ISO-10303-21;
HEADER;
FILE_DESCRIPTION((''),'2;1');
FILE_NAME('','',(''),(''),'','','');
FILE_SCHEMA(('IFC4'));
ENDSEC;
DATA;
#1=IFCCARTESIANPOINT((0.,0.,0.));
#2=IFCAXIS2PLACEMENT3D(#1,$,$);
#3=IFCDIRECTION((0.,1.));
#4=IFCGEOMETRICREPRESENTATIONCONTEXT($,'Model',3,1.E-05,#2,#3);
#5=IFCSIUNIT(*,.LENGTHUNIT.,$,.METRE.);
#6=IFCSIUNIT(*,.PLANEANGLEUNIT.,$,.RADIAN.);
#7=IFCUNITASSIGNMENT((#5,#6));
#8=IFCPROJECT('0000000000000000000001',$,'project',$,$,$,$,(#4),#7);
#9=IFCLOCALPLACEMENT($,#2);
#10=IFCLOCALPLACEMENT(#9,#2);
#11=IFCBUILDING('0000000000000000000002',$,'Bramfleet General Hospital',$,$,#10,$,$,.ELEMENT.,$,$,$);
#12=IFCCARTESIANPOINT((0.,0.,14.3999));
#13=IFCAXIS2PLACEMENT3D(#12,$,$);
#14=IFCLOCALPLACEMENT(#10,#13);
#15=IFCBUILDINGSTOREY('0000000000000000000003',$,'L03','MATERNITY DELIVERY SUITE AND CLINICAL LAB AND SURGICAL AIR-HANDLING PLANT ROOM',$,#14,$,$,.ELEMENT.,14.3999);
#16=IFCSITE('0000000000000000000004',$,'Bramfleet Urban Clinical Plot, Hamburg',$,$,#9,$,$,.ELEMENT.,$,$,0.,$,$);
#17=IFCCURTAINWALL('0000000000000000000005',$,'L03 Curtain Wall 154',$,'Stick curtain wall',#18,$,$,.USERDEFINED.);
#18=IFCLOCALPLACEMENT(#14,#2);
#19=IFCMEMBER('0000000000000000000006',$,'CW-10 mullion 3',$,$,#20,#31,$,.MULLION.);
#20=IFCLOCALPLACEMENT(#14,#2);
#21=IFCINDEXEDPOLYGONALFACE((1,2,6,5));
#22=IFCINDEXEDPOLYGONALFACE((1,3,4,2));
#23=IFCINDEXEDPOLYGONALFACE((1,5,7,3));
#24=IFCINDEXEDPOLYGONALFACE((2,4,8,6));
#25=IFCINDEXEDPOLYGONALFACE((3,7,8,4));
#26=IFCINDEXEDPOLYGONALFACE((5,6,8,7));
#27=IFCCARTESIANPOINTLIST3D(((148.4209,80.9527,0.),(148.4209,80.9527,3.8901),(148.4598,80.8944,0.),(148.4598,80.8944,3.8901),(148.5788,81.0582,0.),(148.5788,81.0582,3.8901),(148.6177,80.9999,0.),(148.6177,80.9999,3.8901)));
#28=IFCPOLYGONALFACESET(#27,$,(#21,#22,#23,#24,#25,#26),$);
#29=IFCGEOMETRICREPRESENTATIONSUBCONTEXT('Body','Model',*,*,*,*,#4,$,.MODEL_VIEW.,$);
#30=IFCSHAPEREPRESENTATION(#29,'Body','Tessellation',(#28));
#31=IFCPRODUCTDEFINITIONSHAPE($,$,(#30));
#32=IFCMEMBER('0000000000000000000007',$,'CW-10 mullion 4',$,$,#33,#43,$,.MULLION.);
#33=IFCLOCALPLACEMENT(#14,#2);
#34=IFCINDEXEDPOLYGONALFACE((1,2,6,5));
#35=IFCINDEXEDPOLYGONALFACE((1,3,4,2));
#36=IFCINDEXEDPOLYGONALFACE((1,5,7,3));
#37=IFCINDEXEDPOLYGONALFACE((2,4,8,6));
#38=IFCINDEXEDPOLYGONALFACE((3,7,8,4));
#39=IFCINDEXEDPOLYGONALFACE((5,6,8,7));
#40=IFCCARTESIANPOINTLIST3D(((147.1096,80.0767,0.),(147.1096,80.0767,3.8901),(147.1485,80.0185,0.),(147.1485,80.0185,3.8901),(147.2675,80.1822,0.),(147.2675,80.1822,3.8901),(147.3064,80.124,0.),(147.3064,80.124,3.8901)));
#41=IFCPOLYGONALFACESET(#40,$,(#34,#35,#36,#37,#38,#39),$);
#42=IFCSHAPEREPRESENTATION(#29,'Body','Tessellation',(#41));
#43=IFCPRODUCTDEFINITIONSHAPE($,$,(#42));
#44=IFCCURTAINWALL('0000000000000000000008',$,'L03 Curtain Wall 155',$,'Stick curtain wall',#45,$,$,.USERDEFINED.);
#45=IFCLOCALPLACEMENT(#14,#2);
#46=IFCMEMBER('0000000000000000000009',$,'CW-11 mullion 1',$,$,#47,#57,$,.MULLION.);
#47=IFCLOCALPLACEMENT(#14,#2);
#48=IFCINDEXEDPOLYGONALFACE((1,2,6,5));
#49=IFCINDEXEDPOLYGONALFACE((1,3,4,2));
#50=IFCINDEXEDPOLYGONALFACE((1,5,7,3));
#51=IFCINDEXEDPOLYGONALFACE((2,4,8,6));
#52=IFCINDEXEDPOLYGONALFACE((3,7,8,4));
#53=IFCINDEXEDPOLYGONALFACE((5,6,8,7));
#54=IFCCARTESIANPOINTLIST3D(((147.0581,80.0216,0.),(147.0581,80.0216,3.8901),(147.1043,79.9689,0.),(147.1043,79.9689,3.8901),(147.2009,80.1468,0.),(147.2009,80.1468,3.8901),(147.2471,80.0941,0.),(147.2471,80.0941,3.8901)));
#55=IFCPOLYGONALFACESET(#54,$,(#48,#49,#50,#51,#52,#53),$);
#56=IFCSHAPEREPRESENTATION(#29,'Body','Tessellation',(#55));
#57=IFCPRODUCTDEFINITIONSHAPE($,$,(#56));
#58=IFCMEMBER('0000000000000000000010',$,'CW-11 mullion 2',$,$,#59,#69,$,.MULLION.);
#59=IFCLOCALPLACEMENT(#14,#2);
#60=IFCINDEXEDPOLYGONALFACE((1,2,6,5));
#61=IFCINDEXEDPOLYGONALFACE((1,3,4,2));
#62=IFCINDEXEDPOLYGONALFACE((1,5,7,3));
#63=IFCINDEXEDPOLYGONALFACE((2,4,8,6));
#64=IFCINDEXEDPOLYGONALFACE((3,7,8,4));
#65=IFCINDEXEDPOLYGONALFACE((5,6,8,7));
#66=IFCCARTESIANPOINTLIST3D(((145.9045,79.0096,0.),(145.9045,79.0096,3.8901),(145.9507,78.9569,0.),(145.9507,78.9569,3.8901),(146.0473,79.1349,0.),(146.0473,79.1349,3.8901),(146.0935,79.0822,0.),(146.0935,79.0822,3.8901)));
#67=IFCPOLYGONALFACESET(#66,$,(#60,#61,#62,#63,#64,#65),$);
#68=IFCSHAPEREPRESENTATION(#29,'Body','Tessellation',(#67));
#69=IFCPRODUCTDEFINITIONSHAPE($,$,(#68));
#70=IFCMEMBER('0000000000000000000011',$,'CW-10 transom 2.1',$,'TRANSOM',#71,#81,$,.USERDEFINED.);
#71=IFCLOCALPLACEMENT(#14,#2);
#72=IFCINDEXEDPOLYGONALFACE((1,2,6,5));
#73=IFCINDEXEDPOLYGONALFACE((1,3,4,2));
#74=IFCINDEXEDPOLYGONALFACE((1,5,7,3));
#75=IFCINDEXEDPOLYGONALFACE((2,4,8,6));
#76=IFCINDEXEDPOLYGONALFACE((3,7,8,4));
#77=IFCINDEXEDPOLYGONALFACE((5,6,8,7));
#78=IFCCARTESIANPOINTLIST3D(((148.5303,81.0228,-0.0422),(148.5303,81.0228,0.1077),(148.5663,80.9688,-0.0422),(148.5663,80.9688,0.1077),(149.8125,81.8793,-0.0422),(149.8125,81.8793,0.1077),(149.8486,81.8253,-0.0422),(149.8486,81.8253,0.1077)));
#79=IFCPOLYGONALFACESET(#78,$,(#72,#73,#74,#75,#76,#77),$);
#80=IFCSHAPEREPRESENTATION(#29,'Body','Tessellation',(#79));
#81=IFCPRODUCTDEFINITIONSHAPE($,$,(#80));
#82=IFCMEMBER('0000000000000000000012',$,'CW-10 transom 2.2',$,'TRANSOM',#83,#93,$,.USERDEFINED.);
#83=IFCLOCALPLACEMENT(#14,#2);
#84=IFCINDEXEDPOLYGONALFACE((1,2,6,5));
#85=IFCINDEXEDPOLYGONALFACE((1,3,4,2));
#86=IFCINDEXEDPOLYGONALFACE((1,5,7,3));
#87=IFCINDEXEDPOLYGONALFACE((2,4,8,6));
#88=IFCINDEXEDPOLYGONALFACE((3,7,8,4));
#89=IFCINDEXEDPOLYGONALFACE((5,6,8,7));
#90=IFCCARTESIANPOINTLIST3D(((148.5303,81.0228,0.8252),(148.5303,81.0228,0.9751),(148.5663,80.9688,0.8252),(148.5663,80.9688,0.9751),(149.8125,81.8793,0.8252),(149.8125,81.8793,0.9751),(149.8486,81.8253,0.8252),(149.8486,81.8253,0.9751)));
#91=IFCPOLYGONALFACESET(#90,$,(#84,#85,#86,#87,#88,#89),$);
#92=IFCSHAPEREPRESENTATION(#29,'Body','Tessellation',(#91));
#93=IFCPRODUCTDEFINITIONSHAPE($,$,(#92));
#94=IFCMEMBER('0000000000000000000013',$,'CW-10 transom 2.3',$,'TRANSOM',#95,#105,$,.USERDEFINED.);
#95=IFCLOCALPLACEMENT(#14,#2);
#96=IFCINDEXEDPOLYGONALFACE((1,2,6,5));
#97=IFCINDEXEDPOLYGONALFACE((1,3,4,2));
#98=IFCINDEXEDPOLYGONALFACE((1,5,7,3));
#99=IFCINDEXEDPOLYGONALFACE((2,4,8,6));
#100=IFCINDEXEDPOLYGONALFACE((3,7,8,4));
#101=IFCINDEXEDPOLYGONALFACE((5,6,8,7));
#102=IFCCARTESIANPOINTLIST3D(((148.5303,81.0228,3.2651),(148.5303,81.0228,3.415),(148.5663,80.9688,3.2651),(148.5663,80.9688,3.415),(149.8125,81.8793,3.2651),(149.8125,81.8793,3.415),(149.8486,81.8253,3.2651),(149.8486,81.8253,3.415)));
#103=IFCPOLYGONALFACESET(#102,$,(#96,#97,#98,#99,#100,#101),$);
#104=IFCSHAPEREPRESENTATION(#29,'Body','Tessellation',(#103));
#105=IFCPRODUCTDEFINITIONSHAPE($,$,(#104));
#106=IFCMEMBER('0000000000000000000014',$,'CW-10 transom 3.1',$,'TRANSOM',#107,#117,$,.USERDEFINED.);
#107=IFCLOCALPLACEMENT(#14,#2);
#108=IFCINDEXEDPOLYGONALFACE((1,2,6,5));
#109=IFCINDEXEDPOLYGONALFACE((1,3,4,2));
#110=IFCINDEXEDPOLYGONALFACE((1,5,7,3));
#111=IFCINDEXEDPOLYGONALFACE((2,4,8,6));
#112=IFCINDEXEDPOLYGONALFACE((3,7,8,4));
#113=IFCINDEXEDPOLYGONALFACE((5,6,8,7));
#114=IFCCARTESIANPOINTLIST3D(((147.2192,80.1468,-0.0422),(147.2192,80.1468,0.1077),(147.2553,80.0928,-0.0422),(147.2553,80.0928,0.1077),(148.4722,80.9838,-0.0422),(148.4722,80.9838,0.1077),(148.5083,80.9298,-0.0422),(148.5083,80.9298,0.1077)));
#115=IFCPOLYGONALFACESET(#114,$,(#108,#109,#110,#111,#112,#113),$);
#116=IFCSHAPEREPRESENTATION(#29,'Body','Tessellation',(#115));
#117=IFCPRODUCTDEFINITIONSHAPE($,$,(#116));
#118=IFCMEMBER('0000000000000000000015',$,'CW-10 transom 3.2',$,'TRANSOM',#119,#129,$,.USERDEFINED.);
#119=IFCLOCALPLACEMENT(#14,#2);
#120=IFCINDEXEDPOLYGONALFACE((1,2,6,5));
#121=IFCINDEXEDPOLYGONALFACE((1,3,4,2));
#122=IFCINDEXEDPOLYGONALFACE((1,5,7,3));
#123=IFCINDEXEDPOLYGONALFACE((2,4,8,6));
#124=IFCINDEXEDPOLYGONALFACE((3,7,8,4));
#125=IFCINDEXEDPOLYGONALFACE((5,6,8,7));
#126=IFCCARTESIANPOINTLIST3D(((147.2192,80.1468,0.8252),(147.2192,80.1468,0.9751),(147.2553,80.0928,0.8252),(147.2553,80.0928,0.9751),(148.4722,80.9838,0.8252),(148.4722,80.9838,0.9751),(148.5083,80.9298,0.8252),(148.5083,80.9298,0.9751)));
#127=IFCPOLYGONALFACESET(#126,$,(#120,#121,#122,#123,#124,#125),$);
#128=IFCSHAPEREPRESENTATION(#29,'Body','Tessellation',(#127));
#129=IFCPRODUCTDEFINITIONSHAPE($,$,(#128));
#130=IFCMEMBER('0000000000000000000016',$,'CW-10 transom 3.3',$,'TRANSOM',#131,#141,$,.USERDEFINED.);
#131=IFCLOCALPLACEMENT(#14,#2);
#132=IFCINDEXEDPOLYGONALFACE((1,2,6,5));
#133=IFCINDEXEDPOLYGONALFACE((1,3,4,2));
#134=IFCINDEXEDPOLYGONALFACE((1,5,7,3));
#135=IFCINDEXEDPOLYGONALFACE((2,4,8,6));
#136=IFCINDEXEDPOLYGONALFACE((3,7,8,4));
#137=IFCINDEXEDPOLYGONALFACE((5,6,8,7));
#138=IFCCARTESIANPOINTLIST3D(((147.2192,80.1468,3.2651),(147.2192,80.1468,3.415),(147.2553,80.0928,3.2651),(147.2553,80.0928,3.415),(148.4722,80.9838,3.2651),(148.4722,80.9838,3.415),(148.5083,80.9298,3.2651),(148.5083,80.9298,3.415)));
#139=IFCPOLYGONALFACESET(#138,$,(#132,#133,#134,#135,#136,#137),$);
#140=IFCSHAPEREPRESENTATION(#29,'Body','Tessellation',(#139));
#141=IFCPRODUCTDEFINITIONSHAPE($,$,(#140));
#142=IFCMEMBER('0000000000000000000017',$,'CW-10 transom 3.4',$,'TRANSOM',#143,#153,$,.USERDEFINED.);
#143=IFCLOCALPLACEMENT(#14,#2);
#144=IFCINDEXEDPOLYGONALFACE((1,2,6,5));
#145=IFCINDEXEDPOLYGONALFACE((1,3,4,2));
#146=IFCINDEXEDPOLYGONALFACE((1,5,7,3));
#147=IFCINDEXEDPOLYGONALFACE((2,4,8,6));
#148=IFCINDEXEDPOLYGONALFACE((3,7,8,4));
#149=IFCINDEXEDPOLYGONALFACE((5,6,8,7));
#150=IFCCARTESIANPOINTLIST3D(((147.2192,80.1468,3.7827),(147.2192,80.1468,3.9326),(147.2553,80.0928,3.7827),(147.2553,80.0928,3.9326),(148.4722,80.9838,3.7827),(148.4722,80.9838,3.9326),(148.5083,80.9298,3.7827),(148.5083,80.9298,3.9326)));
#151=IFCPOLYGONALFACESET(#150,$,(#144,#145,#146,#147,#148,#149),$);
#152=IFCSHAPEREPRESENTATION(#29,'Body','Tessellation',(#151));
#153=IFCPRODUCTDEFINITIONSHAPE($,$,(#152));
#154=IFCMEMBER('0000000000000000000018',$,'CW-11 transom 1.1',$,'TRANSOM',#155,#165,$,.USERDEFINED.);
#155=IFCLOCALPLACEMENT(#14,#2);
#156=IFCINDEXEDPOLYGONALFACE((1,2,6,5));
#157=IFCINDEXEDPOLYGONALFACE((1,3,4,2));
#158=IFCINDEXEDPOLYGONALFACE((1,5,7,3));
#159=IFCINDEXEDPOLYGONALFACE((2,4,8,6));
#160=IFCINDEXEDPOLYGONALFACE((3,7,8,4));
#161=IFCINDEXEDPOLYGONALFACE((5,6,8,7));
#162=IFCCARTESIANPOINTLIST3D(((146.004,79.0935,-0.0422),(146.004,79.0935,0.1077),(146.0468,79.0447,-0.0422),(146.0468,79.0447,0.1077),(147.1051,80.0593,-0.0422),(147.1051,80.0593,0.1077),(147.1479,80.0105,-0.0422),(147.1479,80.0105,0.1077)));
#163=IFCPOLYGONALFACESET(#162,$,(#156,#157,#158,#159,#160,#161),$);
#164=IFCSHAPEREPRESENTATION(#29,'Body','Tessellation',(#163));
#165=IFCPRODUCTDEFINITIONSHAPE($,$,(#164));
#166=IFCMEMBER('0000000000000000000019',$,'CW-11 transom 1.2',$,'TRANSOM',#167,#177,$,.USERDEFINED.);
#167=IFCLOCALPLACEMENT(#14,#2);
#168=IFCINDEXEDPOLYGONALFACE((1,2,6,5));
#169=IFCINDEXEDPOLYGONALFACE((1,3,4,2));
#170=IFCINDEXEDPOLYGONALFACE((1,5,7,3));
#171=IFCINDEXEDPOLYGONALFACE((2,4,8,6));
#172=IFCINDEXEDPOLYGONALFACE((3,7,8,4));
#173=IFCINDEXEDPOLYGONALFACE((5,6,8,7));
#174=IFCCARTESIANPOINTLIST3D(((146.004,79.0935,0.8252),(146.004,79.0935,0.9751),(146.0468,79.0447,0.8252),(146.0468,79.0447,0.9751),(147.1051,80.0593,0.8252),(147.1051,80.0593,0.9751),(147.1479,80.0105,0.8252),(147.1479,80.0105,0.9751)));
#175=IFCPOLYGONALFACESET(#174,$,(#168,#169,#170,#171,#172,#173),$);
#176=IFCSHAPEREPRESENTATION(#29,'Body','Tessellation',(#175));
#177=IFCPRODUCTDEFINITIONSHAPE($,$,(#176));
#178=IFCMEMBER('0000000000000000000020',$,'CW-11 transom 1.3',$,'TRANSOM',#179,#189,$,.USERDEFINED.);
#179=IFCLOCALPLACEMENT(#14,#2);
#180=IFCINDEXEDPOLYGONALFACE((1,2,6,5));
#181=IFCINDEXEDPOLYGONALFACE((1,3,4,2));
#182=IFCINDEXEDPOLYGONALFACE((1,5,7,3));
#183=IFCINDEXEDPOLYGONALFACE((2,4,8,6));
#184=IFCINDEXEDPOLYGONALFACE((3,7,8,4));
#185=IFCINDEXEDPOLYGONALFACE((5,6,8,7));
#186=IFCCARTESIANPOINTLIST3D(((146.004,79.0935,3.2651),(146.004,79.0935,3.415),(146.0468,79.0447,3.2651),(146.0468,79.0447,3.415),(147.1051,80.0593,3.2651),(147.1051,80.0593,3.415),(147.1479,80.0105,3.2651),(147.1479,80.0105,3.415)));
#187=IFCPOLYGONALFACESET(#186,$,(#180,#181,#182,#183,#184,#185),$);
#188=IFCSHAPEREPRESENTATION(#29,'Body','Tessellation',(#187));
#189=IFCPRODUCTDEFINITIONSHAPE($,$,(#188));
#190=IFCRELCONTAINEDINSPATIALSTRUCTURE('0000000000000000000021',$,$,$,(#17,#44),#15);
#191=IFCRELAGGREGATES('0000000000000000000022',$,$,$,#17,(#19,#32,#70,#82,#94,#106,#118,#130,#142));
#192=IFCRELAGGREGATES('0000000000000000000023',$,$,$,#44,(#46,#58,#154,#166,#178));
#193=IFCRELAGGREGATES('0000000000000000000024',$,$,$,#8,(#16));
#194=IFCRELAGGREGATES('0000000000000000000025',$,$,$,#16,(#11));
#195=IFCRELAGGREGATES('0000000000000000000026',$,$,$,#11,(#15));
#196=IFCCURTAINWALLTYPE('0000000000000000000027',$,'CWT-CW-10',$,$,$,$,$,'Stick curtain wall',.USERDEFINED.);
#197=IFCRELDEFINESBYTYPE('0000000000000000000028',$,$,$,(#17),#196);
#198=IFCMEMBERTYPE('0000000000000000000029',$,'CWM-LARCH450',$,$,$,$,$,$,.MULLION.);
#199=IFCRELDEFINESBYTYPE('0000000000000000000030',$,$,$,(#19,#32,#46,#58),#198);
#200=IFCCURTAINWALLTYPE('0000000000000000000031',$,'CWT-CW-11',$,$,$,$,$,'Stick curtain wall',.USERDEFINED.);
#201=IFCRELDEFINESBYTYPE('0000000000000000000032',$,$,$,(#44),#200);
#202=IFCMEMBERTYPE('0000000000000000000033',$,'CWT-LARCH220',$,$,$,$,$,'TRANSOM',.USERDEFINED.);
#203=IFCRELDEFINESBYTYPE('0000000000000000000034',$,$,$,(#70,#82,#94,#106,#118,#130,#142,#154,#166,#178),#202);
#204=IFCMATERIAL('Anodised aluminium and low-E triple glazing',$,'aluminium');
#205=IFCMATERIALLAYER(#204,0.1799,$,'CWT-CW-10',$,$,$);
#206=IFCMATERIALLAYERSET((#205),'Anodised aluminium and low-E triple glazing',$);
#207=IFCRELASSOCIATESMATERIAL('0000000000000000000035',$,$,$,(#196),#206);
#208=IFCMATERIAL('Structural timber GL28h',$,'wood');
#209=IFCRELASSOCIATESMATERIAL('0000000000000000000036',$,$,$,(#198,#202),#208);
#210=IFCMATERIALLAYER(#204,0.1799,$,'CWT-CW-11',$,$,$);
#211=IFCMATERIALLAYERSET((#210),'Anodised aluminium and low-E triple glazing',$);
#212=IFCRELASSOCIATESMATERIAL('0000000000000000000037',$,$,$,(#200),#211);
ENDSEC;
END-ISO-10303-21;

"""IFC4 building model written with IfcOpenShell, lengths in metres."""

from ifc_helpers import new_model, si_unit, direction, frame, origin, origin_2d, place, context, subcontext, project, spatial, rectangle, extrude, material, layer, layer_set, material_profile, profile_set, type_object, element, aggregate, save


model = new_model("IFC4")

# Units and contexts
model_context = context("Model", 3, precision=1e-05, world=origin(), true_north=direction((0.0, 1.0)))
body_context = subcontext(model_context, "Body", "Model", "MODEL_VIEW")
ifc_project = project(units=[si_unit("LENGTHUNIT", "METRE"), si_unit("PLANEANGLEUNIT", "RADIAN")], contexts=[model_context])

# Site, building, storey
site_placement = place(None, origin())
site = spatial("IfcSite", under=ifc_project, at=site_placement, Name="Bramfleet Urban Clinical Plot, Hamburg", CompositionType="ELEMENT", RefElevation=0.0)
building_placement = place(site_placement, origin())
building = spatial("IfcBuilding", under=site, at=building_placement, Name="Bramfleet General Hospital", CompositionType="ELEMENT")
storey_placement = place(building_placement, frame((0.0, 0.0, 14.3999)))
storey = spatial("IfcBuildingStorey", under=building, at=storey_placement, Name="L03", Description="MATERNITY DELIVERY SUITE AND CLINICAL LAB AND SURGICAL AIR-HANDLING PLANT ROOM", CompositionType="ELEMENT", Elevation=14.3999)

# Curtain walls, members
ifc_material_1 = material(Name="Anodised aluminium and low-E triple glazing", Category="aluminium")
ifc_layer_1 = layer(ifc_material_1, 0.1799, Name="CWT-CW-10")
ifc_layer_set_1 = layer_set([ifc_layer_1], Name="Anodised aluminium and low-E triple glazing")
curtain_wall_type_1 = type_object("IfcCurtainWallType", Name="CWT-CW-10", ElementType="Stick curtain wall", PredefinedType="USERDEFINED", material=ifc_layer_set_1)
curtain_wall_1_placement = place(storey_placement, origin())
curtain_wall_1 = element("IfcCurtainWall", 1, at=curtain_wall_1_placement, inside=storey, type_object=curtain_wall_type_1, Name="L03 Curtain Wall 154", ObjectType="Stick curtain wall", PredefinedType="USERDEFINED")
ifc_material_2 = material(Name="Structural timber GL28h", Category="wood")
ifc_material_profile_1 = material_profile(ifc_material_2, rectangle(XDim=0.0701, YDim=0.1899, at=origin_2d()), Name="LARCH 190x70")
ifc_profile_set_1 = profile_set([ifc_material_profile_1], Name="Structural timber GL28h")
member_type_1 = type_object("IfcMemberType", Name="CWM-LARCH450", PredefinedType="MULLION", material=ifc_profile_set_1)
member_1_placement = place(storey_placement, frame((148.5193, 80.9763, 0.0), z_axis=(0.0, 0.0, 1.0), x_axis=(0.555464, -0.831541, 0.0)))
member_1 = element("IfcMember", 2, at=member_1_placement, type_object=member_type_1, Name="CW-10 mullion 3", PredefinedType="MULLION", context=body_context, shape_type="SweptSolid", body=[
    extrude(rectangle(XDim=0.0701, YDim=0.1899, at=origin_2d()), origin(), (0.0, 0.0, 1.0), 3.8901),
])
member_2_placement = place(storey_placement, frame((147.208, 80.1003, 0.0), z_axis=(0.0, 0.0, 1.0), x_axis=(0.555464, -0.831541, 0.0)))
member_2 = element("IfcMember", 3, at=member_2_placement, type_object=member_type_1, Name="CW-10 mullion 4", PredefinedType="MULLION", context=body_context, shape_type="SweptSolid", body=[
    extrude(rectangle(XDim=0.0701, YDim=0.1899, at=origin_2d()), origin(), (0.0, 0.0, 1.0), 3.8901),
])
ifc_layer_2 = layer(ifc_material_1, 0.1799, Name="CWT-CW-11")
ifc_layer_set_2 = layer_set([ifc_layer_2], Name="Anodised aluminium and low-E triple glazing")
curtain_wall_type_2 = type_object("IfcCurtainWallType", Name="CWT-CW-11", ElementType="Stick curtain wall", PredefinedType="USERDEFINED", material=ifc_layer_set_2)
curtain_wall_2_placement = place(storey_placement, origin())
curtain_wall_2 = element("IfcCurtainWall", 4, at=curtain_wall_2_placement, inside=storey, type_object=curtain_wall_type_2, Name="L03 Curtain Wall 155", ObjectType="Stick curtain wall", PredefinedType="USERDEFINED")
member_3_placement = place(storey_placement, frame((147.1526, 80.0579, 0.0), z_axis=(0.0, 0.0, 1.0), x_axis=(0.659406, -0.751787, 0.0)))
member_3 = element("IfcMember", 5, at=member_3_placement, type_object=member_type_1, Name="CW-11 mullion 1", PredefinedType="MULLION", context=body_context, shape_type="SweptSolid", body=[
    extrude(rectangle(XDim=0.0701, YDim=0.1899, at=origin_2d()), origin(), (0.0, 0.0, 1.0), 3.8901),
])
member_4_placement = place(storey_placement, frame((145.999, 79.0459, 0.0), z_axis=(0.0, 0.0, 1.0), x_axis=(0.659406, -0.751787, 0.0)))
member_4 = element("IfcMember", 6, at=member_4_placement, type_object=member_type_1, Name="CW-11 mullion 2", PredefinedType="MULLION", context=body_context, shape_type="SweptSolid", body=[
    extrude(rectangle(XDim=0.0701, YDim=0.1899, at=origin_2d()), origin(), (0.0, 0.0, 1.0), 3.8901),
])

# Members
ifc_material_profile_2 = material_profile(ifc_material_2, rectangle(XDim=0.0649, YDim=0.1499, at=origin_2d()), Name="LARCH 150x65")
ifc_profile_set_2 = profile_set([ifc_material_profile_2], Name="Structural timber GL28h")
member_type_2 = type_object("IfcMemberType", Name="CWT-LARCH220", ElementType="TRANSOM", PredefinedType="USERDEFINED", material=ifc_profile_set_2)
member_5_placement = place(storey_placement, frame((149.8306, 81.8523, 0.0327), z_axis=(-0.831563, -0.555431, 0.0), x_axis=(0.555431, -0.831563, 0.0)))
member_5 = element("IfcMember", 7, at=member_5_placement, type_object=member_type_2, Name="CW-10 transom 2.1", ObjectType="TRANSOM", PredefinedType="USERDEFINED", context=body_context, shape_type="SweptSolid", body=[
    extrude(rectangle(XDim=0.0649, YDim=0.1499, at=origin_2d()), origin(), (0.0, 0.0, 1.0), 1.542),
])
member_6_placement = place(storey_placement, frame((149.8306, 81.8523, 0.9001), z_axis=(-0.831563, -0.555431, 0.0), x_axis=(0.555431, -0.831563, 0.0)))
member_6 = element("IfcMember", 8, at=member_6_placement, type_object=member_type_2, Name="CW-10 transom 2.2", ObjectType="TRANSOM", PredefinedType="USERDEFINED", context=body_context, shape_type="SweptSolid", body=[
    extrude(rectangle(XDim=0.0649, YDim=0.1499, at=origin_2d()), origin(), (0.0, 0.0, 1.0), 1.542),
])
member_7_placement = place(storey_placement, frame((149.8306, 81.8523, 3.3401), z_axis=(-0.831563, -0.555431, 0.0), x_axis=(0.555431, -0.831563, 0.0)))
member_7 = element("IfcMember", 9, at=member_7_placement, type_object=member_type_2, Name="CW-10 transom 2.3", ObjectType="TRANSOM", PredefinedType="USERDEFINED", context=body_context, shape_type="SweptSolid", body=[
    extrude(rectangle(XDim=0.0649, YDim=0.1499, at=origin_2d()), origin(), (0.0, 0.0, 1.0), 1.542),
])
member_8_placement = place(storey_placement, frame((148.4902, 80.9568, 0.0327), z_axis=(-0.831551, -0.555448, 0.0), x_axis=(0.555448, -0.831551, 0.0)))
member_8 = element("IfcMember", 10, at=member_8_placement, type_object=member_type_2, Name="CW-10 transom 3.1", ObjectType="TRANSOM", PredefinedType="USERDEFINED", context=body_context, shape_type="SweptSolid", body=[
    extrude(rectangle(XDim=0.0649, YDim=0.1499, at=origin_2d()), origin(), (0.0, 0.0, 1.0), 1.5068),
])
member_9_placement = place(storey_placement, frame((148.4902, 80.9568, 0.9001), z_axis=(-0.831551, -0.555448, 0.0), x_axis=(0.555448, -0.831551, 0.0)))
member_9 = element("IfcMember", 11, at=member_9_placement, type_object=member_type_2, Name="CW-10 transom 3.2", ObjectType="TRANSOM", PredefinedType="USERDEFINED", context=body_context, shape_type="SweptSolid", body=[
    extrude(rectangle(XDim=0.0649, YDim=0.1499, at=origin_2d()), origin(), (0.0, 0.0, 1.0), 1.5068),
])
member_10_placement = place(storey_placement, frame((148.4902, 80.9568, 3.3401), z_axis=(-0.831551, -0.555448, 0.0), x_axis=(0.555448, -0.831551, 0.0)))
member_10 = element("IfcMember", 12, at=member_10_placement, type_object=member_type_2, Name="CW-10 transom 3.3", ObjectType="TRANSOM", PredefinedType="USERDEFINED", context=body_context, shape_type="SweptSolid", body=[
    extrude(rectangle(XDim=0.0649, YDim=0.1499, at=origin_2d()), origin(), (0.0, 0.0, 1.0), 1.5068),
])
member_11_placement = place(storey_placement, frame((148.4902, 80.9568, 3.8577), z_axis=(-0.831551, -0.555448, 0.0), x_axis=(0.555448, -0.831551, 0.0)))
member_11 = element("IfcMember", 13, at=member_11_placement, type_object=member_type_2, Name="CW-10 transom 3.4", ObjectType="TRANSOM", PredefinedType="USERDEFINED", context=body_context, shape_type="SweptSolid", body=[
    extrude(rectangle(XDim=0.0649, YDim=0.1499, at=origin_2d()), origin(), (0.0, 0.0, 1.0), 1.5068),
])
member_12_placement = place(storey_placement, frame((147.1265, 80.0349, 0.0327), z_axis=(-0.751771, -0.659425, 0.0), x_axis=(0.659425, -0.751771, 0.0)))
member_12 = element("IfcMember", 14, at=member_12_placement, type_object=member_type_2, Name="CW-11 transom 1.1", ObjectType="TRANSOM", PredefinedType="USERDEFINED", context=body_context, shape_type="SweptSolid", body=[
    extrude(rectangle(XDim=0.0649, YDim=0.1499, at=origin_2d()), origin(), (0.0, 0.0, 1.0), 1.4646),
])
member_13_placement = place(storey_placement, frame((147.1265, 80.0349, 0.9001), z_axis=(-0.751771, -0.659425, 0.0), x_axis=(0.659425, -0.751771, 0.0)))
member_13 = element("IfcMember", 15, at=member_13_placement, type_object=member_type_2, Name="CW-11 transom 1.2", ObjectType="TRANSOM", PredefinedType="USERDEFINED", context=body_context, shape_type="SweptSolid", body=[
    extrude(rectangle(XDim=0.0649, YDim=0.1499, at=origin_2d()), origin(), (0.0, 0.0, 1.0), 1.4646),
])
member_14_placement = place(storey_placement, frame((147.1265, 80.0349, 3.3401), z_axis=(-0.751771, -0.659425, 0.0), x_axis=(0.659425, -0.751771, 0.0)))
member_14 = element("IfcMember", 16, at=member_14_placement, type_object=member_type_2, Name="CW-11 transom 1.3", ObjectType="TRANSOM", PredefinedType="USERDEFINED", context=body_context, shape_type="SweptSolid", body=[
    extrude(rectangle(XDim=0.0649, YDim=0.1499, at=origin_2d()), origin(), (0.0, 0.0, 1.0), 1.4646),
])

aggregate(curtain_wall_1, [member_1, member_2, member_5, member_6, member_7, member_8, member_9, member_10, member_11])
aggregate(curtain_wall_2, [member_3, member_4, member_12, member_13, member_14])

save(model, "model.ifc")
